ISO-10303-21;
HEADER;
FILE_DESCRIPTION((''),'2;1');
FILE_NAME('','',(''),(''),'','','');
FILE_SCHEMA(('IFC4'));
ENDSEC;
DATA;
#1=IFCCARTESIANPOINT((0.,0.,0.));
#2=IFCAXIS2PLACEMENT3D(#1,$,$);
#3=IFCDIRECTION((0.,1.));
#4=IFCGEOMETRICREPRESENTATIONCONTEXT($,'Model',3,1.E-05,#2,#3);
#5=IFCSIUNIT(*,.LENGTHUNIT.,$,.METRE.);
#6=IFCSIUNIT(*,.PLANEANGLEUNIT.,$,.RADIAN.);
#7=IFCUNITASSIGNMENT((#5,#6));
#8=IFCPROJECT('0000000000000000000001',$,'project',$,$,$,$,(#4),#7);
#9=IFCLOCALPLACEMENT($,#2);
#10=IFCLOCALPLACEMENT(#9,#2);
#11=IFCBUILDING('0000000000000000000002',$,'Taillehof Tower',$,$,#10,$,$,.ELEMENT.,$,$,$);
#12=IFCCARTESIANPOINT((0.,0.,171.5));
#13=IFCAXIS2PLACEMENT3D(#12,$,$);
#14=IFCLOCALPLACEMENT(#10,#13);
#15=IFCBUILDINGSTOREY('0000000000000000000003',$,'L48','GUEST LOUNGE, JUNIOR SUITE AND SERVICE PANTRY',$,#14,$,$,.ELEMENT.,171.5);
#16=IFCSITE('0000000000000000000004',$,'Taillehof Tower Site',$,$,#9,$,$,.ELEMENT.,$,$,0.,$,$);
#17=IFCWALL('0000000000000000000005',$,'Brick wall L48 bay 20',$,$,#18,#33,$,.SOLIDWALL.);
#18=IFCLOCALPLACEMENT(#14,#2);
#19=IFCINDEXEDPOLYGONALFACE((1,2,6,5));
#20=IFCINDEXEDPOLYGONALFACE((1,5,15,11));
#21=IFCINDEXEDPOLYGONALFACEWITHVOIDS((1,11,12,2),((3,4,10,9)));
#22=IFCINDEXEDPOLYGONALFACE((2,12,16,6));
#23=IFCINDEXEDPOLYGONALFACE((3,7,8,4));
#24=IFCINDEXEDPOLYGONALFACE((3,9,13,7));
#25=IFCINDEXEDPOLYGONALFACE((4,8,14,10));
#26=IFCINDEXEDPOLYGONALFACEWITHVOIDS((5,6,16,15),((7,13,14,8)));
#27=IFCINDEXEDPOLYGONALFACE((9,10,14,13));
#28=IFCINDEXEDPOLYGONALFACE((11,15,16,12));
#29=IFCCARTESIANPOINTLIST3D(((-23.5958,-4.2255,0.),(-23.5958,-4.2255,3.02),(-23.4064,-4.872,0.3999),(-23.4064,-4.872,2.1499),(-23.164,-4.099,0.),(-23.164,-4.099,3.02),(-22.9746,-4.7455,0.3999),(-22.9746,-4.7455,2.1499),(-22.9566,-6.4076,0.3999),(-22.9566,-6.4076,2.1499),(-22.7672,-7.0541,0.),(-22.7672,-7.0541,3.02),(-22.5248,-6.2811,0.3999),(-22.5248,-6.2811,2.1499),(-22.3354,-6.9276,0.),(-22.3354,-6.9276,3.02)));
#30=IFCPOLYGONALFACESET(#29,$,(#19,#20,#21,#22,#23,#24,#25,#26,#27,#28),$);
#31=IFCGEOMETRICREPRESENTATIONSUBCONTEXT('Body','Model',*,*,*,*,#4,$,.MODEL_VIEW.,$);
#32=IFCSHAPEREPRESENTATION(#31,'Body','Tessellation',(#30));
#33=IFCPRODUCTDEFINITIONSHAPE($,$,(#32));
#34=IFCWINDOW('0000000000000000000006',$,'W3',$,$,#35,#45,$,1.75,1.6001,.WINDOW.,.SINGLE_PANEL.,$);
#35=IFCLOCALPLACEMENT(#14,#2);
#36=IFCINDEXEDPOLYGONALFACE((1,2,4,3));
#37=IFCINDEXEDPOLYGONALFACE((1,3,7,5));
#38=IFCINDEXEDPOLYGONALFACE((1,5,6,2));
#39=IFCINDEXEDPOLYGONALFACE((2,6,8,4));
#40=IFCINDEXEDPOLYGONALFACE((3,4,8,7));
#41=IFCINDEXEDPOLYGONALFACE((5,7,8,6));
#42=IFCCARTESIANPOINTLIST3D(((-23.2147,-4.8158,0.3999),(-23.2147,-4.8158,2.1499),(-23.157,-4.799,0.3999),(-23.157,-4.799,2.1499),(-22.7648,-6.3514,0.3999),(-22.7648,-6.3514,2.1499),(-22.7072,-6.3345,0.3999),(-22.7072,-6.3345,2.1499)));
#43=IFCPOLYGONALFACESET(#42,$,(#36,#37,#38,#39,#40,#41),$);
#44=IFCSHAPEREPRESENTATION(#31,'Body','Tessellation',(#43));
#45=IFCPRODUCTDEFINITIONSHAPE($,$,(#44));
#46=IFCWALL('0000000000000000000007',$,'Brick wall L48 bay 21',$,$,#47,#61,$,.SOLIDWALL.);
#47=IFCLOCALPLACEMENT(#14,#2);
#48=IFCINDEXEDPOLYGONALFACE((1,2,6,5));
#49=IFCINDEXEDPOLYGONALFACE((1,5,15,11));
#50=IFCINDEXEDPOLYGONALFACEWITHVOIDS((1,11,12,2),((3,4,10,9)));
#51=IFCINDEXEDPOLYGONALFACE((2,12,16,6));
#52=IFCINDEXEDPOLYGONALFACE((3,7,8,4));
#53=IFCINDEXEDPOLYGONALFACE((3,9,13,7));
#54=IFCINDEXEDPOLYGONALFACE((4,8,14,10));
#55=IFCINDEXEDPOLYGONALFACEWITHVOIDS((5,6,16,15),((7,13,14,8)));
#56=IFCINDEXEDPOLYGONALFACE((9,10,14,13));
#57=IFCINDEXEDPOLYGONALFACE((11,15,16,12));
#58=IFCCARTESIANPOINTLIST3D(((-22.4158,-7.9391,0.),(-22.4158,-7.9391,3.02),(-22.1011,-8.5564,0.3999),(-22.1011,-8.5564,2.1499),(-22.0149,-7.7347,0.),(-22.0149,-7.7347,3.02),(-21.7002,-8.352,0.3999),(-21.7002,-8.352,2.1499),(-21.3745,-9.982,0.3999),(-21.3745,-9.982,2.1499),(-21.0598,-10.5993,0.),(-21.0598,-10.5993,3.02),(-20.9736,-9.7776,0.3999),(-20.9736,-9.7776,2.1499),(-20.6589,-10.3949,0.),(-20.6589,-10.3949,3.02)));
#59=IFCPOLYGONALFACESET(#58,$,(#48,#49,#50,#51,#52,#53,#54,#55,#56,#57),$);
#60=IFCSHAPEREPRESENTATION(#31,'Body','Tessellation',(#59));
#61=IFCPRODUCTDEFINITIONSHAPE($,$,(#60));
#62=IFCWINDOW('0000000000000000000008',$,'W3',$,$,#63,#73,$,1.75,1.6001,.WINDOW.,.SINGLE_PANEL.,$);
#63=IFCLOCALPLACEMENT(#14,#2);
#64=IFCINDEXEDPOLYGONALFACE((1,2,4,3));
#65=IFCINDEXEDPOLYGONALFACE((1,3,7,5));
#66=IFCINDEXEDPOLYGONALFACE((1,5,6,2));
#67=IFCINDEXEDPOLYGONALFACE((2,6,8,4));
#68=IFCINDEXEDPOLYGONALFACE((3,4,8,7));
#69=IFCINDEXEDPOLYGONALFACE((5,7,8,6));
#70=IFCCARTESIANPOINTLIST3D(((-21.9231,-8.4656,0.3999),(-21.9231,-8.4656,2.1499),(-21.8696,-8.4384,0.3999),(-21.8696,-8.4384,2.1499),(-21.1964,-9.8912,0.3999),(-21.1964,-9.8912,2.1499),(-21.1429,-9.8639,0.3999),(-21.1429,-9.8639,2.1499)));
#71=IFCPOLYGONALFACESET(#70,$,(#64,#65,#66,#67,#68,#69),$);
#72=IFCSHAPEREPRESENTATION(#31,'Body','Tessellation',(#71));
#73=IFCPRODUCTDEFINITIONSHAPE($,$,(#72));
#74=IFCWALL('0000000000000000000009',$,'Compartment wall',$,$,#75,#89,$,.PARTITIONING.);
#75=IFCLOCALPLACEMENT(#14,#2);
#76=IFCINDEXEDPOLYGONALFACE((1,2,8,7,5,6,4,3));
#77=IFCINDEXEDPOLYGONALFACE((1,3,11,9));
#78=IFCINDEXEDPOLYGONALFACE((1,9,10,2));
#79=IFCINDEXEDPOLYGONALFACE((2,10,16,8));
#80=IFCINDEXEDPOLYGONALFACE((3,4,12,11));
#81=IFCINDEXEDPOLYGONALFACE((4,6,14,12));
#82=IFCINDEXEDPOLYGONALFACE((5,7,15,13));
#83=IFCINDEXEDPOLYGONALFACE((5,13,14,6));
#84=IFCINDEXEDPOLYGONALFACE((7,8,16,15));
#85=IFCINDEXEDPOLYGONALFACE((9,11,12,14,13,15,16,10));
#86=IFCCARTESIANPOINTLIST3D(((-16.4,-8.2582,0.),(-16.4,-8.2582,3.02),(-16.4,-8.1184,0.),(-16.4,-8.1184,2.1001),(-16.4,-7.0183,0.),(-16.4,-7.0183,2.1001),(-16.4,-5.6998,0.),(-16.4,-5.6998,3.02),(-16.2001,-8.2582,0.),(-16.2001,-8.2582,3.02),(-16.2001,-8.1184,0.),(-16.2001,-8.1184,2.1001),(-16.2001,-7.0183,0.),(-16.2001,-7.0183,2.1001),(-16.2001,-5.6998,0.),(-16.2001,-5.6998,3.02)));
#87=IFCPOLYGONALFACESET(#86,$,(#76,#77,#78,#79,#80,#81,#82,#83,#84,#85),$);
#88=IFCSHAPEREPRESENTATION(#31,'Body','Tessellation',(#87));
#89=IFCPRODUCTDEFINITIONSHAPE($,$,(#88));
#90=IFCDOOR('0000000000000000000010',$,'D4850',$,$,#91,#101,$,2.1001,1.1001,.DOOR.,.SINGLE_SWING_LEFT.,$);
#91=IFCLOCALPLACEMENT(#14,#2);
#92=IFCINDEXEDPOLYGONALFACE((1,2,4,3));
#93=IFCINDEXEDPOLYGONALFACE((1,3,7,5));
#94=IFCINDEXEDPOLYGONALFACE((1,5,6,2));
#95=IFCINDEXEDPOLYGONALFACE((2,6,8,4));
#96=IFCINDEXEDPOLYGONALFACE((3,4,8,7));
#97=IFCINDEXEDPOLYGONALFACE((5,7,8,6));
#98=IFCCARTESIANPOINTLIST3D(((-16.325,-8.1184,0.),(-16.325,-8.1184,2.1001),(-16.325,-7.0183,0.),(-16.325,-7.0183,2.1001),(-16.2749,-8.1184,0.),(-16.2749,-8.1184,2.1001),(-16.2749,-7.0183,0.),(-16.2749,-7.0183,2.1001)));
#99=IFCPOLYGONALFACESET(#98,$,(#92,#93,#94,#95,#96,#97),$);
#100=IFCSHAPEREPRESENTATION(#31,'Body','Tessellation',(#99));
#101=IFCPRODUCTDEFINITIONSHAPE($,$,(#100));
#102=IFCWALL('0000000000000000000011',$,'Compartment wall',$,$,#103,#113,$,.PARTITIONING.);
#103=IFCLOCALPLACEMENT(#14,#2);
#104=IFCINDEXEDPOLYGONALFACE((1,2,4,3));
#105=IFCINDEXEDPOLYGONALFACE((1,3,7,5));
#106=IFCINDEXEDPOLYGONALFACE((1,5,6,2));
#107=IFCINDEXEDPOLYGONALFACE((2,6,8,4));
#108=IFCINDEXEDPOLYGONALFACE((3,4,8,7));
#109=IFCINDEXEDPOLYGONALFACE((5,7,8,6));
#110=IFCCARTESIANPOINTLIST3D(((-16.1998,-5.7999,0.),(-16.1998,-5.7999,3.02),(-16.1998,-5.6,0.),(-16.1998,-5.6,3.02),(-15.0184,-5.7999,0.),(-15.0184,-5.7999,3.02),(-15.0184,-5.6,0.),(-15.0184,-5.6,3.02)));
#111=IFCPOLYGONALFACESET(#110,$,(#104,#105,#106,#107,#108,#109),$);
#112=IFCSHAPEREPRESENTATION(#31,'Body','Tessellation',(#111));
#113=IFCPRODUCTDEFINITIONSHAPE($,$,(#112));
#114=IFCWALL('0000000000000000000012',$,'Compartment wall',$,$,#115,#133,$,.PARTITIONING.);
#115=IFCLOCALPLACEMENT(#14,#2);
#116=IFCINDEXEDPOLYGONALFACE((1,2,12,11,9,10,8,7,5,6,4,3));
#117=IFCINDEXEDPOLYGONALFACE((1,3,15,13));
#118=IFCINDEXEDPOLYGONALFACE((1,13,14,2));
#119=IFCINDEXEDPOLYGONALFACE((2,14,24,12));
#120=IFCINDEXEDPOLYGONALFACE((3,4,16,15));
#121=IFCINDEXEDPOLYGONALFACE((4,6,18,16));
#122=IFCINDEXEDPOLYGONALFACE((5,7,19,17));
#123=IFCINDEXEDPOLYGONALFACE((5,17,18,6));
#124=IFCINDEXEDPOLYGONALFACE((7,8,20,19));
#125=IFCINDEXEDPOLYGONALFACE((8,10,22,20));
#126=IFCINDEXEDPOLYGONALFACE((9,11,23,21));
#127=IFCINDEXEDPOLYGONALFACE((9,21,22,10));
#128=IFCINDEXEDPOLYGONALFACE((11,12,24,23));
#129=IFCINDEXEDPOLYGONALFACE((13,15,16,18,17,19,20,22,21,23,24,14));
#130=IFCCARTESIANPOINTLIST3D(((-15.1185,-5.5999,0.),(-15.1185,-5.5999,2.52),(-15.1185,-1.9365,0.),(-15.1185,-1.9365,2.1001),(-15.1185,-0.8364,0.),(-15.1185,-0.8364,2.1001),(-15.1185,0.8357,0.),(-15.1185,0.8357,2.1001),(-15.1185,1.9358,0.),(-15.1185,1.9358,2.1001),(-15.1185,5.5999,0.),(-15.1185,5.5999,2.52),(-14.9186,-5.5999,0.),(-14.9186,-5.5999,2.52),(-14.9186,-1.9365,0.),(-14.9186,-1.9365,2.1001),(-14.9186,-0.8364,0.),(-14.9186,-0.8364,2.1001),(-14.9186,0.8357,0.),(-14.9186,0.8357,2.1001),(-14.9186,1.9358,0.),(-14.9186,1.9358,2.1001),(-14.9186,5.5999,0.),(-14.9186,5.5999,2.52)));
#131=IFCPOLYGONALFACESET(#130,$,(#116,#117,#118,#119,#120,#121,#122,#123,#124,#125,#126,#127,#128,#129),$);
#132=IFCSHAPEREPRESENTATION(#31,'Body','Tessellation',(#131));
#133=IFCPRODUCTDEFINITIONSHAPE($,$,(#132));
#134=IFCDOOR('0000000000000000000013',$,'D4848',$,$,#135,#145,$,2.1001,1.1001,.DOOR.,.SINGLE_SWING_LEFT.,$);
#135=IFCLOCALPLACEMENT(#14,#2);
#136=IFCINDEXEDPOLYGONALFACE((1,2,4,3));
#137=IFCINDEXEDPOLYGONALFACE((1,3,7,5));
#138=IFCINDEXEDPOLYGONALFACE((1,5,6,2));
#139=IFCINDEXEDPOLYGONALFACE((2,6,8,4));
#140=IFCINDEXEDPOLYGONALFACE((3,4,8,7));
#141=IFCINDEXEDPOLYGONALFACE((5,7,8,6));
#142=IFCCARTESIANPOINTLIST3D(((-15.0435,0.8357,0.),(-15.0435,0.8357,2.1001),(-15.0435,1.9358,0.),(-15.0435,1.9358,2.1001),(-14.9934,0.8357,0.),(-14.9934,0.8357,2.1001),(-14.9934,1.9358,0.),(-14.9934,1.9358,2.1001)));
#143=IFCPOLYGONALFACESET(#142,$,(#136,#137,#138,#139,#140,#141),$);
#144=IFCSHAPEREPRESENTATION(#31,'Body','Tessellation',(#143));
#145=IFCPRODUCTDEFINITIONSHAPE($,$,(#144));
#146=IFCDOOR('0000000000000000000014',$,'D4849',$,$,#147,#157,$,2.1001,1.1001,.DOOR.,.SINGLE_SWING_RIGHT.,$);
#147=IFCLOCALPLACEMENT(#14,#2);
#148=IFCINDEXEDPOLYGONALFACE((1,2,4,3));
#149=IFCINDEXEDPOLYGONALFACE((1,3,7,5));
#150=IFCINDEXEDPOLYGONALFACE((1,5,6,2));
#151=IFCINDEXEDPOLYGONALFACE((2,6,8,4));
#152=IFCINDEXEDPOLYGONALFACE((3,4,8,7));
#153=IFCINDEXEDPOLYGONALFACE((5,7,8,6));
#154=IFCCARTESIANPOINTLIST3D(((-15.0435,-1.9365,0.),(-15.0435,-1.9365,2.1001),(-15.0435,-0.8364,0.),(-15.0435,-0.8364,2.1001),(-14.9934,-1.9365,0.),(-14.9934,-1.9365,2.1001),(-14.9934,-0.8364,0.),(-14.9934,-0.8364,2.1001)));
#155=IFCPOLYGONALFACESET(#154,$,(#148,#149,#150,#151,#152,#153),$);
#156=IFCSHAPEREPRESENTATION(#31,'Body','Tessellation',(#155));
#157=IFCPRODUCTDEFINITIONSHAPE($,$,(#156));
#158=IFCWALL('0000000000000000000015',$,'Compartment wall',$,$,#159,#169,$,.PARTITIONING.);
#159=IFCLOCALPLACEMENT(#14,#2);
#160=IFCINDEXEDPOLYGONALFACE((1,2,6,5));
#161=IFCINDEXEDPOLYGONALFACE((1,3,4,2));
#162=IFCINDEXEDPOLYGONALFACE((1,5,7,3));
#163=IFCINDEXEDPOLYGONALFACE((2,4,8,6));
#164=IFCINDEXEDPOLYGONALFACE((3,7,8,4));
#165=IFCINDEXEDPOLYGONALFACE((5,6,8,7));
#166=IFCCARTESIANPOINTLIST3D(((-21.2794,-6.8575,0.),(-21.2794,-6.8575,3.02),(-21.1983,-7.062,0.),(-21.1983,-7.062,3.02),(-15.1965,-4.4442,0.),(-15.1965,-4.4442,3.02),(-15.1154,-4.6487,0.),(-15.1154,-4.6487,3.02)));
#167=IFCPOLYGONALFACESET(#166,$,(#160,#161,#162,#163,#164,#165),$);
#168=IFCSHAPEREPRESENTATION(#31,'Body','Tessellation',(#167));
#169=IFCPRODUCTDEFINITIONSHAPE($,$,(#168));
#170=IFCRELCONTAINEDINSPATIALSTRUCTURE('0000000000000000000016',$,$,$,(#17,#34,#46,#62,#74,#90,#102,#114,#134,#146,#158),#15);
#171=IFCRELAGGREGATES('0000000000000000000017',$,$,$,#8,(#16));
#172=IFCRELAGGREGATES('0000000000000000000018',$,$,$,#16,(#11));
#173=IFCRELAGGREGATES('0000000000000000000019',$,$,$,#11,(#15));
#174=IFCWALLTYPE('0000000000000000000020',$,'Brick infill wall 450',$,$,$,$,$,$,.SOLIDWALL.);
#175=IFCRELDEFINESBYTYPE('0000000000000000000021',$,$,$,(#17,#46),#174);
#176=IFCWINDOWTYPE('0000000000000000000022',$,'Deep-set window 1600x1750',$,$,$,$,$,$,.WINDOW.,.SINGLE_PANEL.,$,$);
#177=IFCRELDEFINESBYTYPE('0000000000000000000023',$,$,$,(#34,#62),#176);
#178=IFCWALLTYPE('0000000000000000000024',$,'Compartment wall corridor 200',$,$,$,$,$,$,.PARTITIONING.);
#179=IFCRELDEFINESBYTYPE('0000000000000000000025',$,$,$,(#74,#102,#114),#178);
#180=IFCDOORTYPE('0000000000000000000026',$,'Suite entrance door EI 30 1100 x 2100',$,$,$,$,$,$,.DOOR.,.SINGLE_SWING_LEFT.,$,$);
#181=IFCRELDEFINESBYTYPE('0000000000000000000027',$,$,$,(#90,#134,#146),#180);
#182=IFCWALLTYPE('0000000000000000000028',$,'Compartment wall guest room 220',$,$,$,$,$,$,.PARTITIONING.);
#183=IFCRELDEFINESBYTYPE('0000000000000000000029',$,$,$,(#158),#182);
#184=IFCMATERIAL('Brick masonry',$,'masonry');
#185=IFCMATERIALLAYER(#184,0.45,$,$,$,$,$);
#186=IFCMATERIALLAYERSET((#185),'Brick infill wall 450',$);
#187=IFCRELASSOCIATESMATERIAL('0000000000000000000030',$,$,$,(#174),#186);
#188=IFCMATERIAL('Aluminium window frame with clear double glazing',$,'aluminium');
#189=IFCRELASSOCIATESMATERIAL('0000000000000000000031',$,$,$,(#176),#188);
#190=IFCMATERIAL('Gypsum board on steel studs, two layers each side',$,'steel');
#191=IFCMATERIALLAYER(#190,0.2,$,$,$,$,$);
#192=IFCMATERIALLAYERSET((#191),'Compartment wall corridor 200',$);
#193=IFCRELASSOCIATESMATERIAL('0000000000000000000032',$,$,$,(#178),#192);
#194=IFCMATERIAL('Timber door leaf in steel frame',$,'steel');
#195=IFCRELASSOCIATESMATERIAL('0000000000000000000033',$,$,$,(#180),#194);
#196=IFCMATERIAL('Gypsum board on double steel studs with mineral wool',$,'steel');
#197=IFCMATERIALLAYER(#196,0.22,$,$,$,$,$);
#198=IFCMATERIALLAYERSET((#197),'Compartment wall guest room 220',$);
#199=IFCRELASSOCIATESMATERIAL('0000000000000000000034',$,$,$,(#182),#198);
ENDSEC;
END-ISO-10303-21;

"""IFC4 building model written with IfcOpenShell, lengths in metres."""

from ifc_helpers import new_model, si_unit, direction, frame, frame_2d, origin, place, context, subcontext, project, spatial, rectangle, extrude, material, layer, layer_set, type_object, element, fill, save


model = new_model("IFC4")

# Units and contexts
model_context = context("Model", 3, precision=1e-05, world=origin(), true_north=direction((0.0, 1.0)))
body_context = subcontext(model_context, "Body", "Model", "MODEL_VIEW")
ifc_project = project(units=[si_unit("LENGTHUNIT", "METRE"), si_unit("PLANEANGLEUNIT", "RADIAN")], contexts=[model_context])

# Site, building, storey
site_placement = place(None, origin())
site = spatial("IfcSite", under=ifc_project, at=site_placement, Name="Taillehof Tower Site", CompositionType="ELEMENT", RefElevation=0.0)
building_placement = place(site_placement, origin())
building = spatial("IfcBuilding", under=site, at=building_placement, Name="Taillehof Tower", CompositionType="ELEMENT")
storey_placement = place(building_placement, frame((0.0, 0.0, 171.5)))
storey = spatial("IfcBuildingStorey", under=building, at=storey_placement, Name="L48", Description="GUEST LOUNGE, JUNIOR SUITE AND SERVICE PANTRY", CompositionType="ELEMENT", Elevation=171.5)

# Walls, openings, windows
ifc_material_1 = material(Name="Brick masonry", Category="masonry")
ifc_layer_1 = layer(ifc_material_1, 0.45)
ifc_layer_set_1 = layer_set([ifc_layer_1], Name="Brick infill wall 450")
wall_type_1 = type_object("IfcWallType", Name="Brick infill wall 450", PredefinedType="SOLIDWALL", material=ifc_layer_set_1)
ifc_material_2 = material(Name="Aluminium window frame with clear double glazing", Category="aluminium")
window_type = type_object("IfcWindowType", Name="Deep-set window 1600x1750", PartitioningType="SINGLE_PANEL", PredefinedType="WINDOW", material=ifc_material_2)
wall_1_placement = place(storey_placement, frame((-23.3799, -4.1624, 0.0), z_axis=(0.0, 0.0, 1.0), x_axis=(0.281126, -0.959671, 0.0)))
wall_1 = element("IfcWall", 1, at=wall_1_placement, inside=storey, type_object=wall_type_1, Name="Brick wall L48 bay 20", PredefinedType="SOLIDWALL", context=body_context, shape_type="SweptSolid", body=[
    extrude(rectangle(XDim=2.9475, YDim=0.45, at=frame_2d((1.4736, 0.0))), origin(), (0.0, 0.0, 1.0), 3.02),
])
opening_1_placement = place(wall_1_placement, frame((0.6736, 0.0, 0.3999)))
opening_1 = element("IfcOpeningElement", 2, at=opening_1_placement, cuts=wall_1, PredefinedType="OPENING", context=body_context, shape_type="SweptSolid", body=[
    extrude(rectangle(XDim=1.6001, YDim=1.75, at=frame_2d((0.8, 0.875))), frame((0.0, 0.2349, 0.0), z_axis=(0.0, -1.0, 0.0), x_axis=(1.0, 0.0, 0.0)), (0.0, 0.0, 1.0), 0.47),
])
window_1_placement = place(opening_1_placement, origin())
window_1 = element("IfcWindow", 3, at=window_1_placement, inside=storey, type_object=window_type, Name="W3", OverallHeight=1.75, OverallWidth=1.6001, PartitioningType="SINGLE_PANEL", PredefinedType="WINDOW", context=body_context, shape_type="SweptSolid", body=[
    extrude(rectangle(XDim=1.6001, YDim=1.75, at=frame_2d((0.8, 0.875))), frame((0.0, 0.0349, 0.0), z_axis=(0.0, -1.0, 0.0), x_axis=(1.0, 0.0, 0.0)), (0.0, 0.0, 1.0), 0.0601),
])
fill(opening_1, window_1)
wall_2_placement = place(storey_placement, frame((-22.2153, -7.8369, 0.0), z_axis=(0.0, 0.0, 1.0), x_axis=(0.454134, -0.890933, 0.0)))
wall_2 = element("IfcWall", 4, at=wall_2_placement, inside=storey, type_object=wall_type_1, Name="Brick wall L48 bay 21", PredefinedType="SOLIDWALL", context=body_context, shape_type="SweptSolid", body=[
    extrude(rectangle(XDim=2.9858, YDim=0.45, at=frame_2d((1.4929, 0.0))), origin(), (0.0, 0.0, 1.0), 3.02),
])
opening_2_placement = place(wall_2_placement, frame((0.6929, 0.0, 0.3999)))
opening_2 = element("IfcOpeningElement", 5, at=opening_2_placement, cuts=wall_2, PredefinedType="OPENING", context=body_context, shape_type="SweptSolid", body=[
    extrude(rectangle(XDim=1.6001, YDim=1.75, at=frame_2d((0.8, 0.875))), frame((0.0, 0.2349, 0.0), z_axis=(0.0, -1.0, 0.0), x_axis=(1.0, 0.0, 0.0)), (0.0, 0.0, 1.0), 0.47),
])
window_2_placement = place(opening_2_placement, origin())
window_2 = element("IfcWindow", 6, at=window_2_placement, inside=storey, type_object=window_type, Name="W3", OverallHeight=1.75, OverallWidth=1.6001, PartitioningType="SINGLE_PANEL", PredefinedType="WINDOW", context=body_context, shape_type="SweptSolid", body=[
    extrude(rectangle(XDim=1.6001, YDim=1.75, at=frame_2d((0.8, 0.875))), frame((0.0, 0.0349, 0.0), z_axis=(0.0, -1.0, 0.0), x_axis=(1.0, 0.0, 0.0)), (0.0, 0.0, 1.0), 0.0601),
])
fill(opening_2, window_2)

# Wall, opening, door
ifc_material_3 = material(Name="Gypsum board on steel studs, two layers each side", Category="steel")
ifc_layer_2 = layer(ifc_material_3, 0.2)
ifc_layer_set_2 = layer_set([ifc_layer_2], Name="Compartment wall corridor 200")
wall_type_2 = type_object("IfcWallType", Name="Compartment wall corridor 200", PredefinedType="PARTITIONING", material=ifc_layer_set_2)
wall_3_placement = place(storey_placement, frame((-16.3, -8.2583, 0.0), z_axis=(0.0, 0.0, 1.0), x_axis=(0.0, 1.0, 0.0)))
wall_3 = element("IfcWall", 7, at=wall_3_placement, inside=storey, type_object=wall_type_2, Name="Compartment wall", PredefinedType="PARTITIONING", context=body_context, shape_type="SweptSolid", body=[
    extrude(rectangle(XDim=2.5583, YDim=0.2, at=frame_2d((1.2793, 0.0))), origin(), (0.0, 0.0, 1.0), 3.02),
])
opening_3_placement = place(wall_3_placement, frame((0.1399, 0.0, 0.0)))
opening_3 = element("IfcOpeningElement", 8, at=opening_3_placement, cuts=wall_3, PredefinedType="OPENING", context=body_context, shape_type="SweptSolid", body=[
    extrude(rectangle(XDim=1.1001, YDim=2.1001, at=frame_2d((0.55, 1.05))), frame((0.0, 0.1099, 0.0), z_axis=(0.0, -1.0, 0.0), x_axis=(1.0, 0.0, 0.0)), (0.0, 0.0, 1.0), 0.22),
])
ifc_material_4 = material(Name="Timber door leaf in steel frame", Category="steel")
door_type = type_object("IfcDoorType", Name="Suite entrance door EI 30 1100 x 2100", OperationType="SINGLE_SWING_LEFT", PredefinedType="DOOR", material=ifc_material_4)
door_1_placement = place(opening_3_placement, origin())
door_1 = element("IfcDoor", 9, at=door_1_placement, inside=storey, type_object=door_type, Name="D4850", OperationType="SINGLE_SWING_LEFT", OverallHeight=2.1001, OverallWidth=1.1001, PredefinedType="DOOR", context=body_context, shape_type="SweptSolid", body=[
    extrude(rectangle(XDim=1.1001, YDim=2.1001, at=frame_2d((0.55, 1.05))), frame((0.0, 0.0249, 0.0), z_axis=(0.0, -1.0, 0.0), x_axis=(1.0, 0.0, 0.0)), (0.0, 0.0, 1.0), 0.05),
])
fill(opening_3, door_1)

# Wall
wall_4_placement = place(storey_placement, frame((-16.2, -5.7, 0.0), z_axis=(0.0, 0.0, 1.0), x_axis=(1.0, 0.0, 0.0)))
element("IfcWall", 10, at=wall_4_placement, inside=storey, type_object=wall_type_2, Name="Compartment wall", PredefinedType="PARTITIONING", context=body_context, shape_type="SweptSolid", body=[
    extrude(rectangle(XDim=1.1814, YDim=0.2, at=frame_2d((0.5908, 0.0))), origin(), (0.0, 0.0, 1.0), 3.02),
])

# Wall, openings, doors
wall_5_placement = place(storey_placement, frame((-15.0186, -5.5999, 0.0), z_axis=(0.0, 0.0, 1.0), x_axis=(0.0, 1.0, 0.0)))
wall_5 = element("IfcWall", 11, at=wall_5_placement, inside=storey, type_object=wall_type_2, Name="Compartment wall", PredefinedType="PARTITIONING", context=body_context, shape_type="SweptSolid", body=[
    extrude(rectangle(XDim=11.1997, YDim=0.2, at=frame_2d((5.5999, 0.0))), origin(), (0.0, 0.0, 1.0), 2.52),
])
opening_4_placement = place(wall_5_placement, frame((6.4355, 0.0, 0.0)))
opening_4 = element("IfcOpeningElement", 12, at=opening_4_placement, cuts=wall_5, PredefinedType="OPENING", context=body_context, shape_type="SweptSolid", body=[
    extrude(rectangle(XDim=1.1001, YDim=2.1001, at=frame_2d((0.55, 1.05))), frame((0.0, 0.1099, 0.0), z_axis=(0.0, -1.0, 0.0), x_axis=(1.0, 0.0, 0.0)), (0.0, 0.0, 1.0), 0.22),
])
opening_5_placement = place(wall_5_placement, frame((3.6633, 0.0, 0.0)))
opening_5 = element("IfcOpeningElement", 13, at=opening_5_placement, cuts=wall_5, PredefinedType="OPENING", context=body_context, shape_type="SweptSolid", body=[
    extrude(rectangle(XDim=1.1001, YDim=2.1001, at=frame_2d((0.55, 1.05))), frame((0.0, 0.1099, 0.0), z_axis=(0.0, -1.0, 0.0), x_axis=(1.0, 0.0, 0.0)), (0.0, 0.0, 1.0), 0.22),
])
door_2_placement = place(opening_4_placement, origin())
door_2 = element("IfcDoor", 14, at=door_2_placement, inside=storey, type_object=door_type, Name="D4848", OperationType="SINGLE_SWING_LEFT", OverallHeight=2.1001, OverallWidth=1.1001, PredefinedType="DOOR", context=body_context, shape_type="SweptSolid", body=[
    extrude(rectangle(XDim=1.1001, YDim=2.1001, at=frame_2d((0.55, 1.05))), frame((0.0, 0.0249, 0.0), z_axis=(0.0, -1.0, 0.0), x_axis=(1.0, 0.0, 0.0)), (0.0, 0.0, 1.0), 0.05),
])
fill(opening_4, door_2)
door_3_placement = place(opening_5_placement, origin())
door_3 = element("IfcDoor", 15, at=door_3_placement, inside=storey, type_object=door_type, Name="D4849", OperationType="SINGLE_SWING_RIGHT", OverallHeight=2.1001, OverallWidth=1.1001, PredefinedType="DOOR", context=body_context, shape_type="SweptSolid", body=[
    extrude(rectangle(XDim=1.1001, YDim=2.1001, at=frame_2d((0.55, 1.05))), frame((0.0, 0.0249, 0.0), z_axis=(0.0, -1.0, 0.0), x_axis=(1.0, 0.0, 0.0)), (0.0, 0.0, 1.0), 0.05),
])
fill(opening_5, door_3)

# Wall
ifc_material_5 = material(Name="Gypsum board on double steel studs with mineral wool", Category="steel")
ifc_layer_3 = layer(ifc_material_5, 0.22)
ifc_layer_set_3 = layer_set([ifc_layer_3], Name="Compartment wall guest room 220")
wall_type_3 = type_object("IfcWallType", Name="Compartment wall guest room 220", PredefinedType="PARTITIONING", material=ifc_layer_set_3)
wall_6_placement = place(storey_placement, frame((-21.2388, -6.9597, 0.0), z_axis=(0.0, 0.0, 1.0), x_axis=(0.92952, 0.368771, 0.0)))
element("IfcWall", 16, at=wall_6_placement, inside=storey, type_object=wall_type_3, Name="Compartment wall", PredefinedType="PARTITIONING", context=body_context, shape_type="SweptSolid", body=[
    extrude(rectangle(XDim=6.5442, YDim=0.22, at=frame_2d((3.272, 0.0))), origin(), (0.0, 0.0, 1.0), 3.02),
])

save(model, "model.ifc")
